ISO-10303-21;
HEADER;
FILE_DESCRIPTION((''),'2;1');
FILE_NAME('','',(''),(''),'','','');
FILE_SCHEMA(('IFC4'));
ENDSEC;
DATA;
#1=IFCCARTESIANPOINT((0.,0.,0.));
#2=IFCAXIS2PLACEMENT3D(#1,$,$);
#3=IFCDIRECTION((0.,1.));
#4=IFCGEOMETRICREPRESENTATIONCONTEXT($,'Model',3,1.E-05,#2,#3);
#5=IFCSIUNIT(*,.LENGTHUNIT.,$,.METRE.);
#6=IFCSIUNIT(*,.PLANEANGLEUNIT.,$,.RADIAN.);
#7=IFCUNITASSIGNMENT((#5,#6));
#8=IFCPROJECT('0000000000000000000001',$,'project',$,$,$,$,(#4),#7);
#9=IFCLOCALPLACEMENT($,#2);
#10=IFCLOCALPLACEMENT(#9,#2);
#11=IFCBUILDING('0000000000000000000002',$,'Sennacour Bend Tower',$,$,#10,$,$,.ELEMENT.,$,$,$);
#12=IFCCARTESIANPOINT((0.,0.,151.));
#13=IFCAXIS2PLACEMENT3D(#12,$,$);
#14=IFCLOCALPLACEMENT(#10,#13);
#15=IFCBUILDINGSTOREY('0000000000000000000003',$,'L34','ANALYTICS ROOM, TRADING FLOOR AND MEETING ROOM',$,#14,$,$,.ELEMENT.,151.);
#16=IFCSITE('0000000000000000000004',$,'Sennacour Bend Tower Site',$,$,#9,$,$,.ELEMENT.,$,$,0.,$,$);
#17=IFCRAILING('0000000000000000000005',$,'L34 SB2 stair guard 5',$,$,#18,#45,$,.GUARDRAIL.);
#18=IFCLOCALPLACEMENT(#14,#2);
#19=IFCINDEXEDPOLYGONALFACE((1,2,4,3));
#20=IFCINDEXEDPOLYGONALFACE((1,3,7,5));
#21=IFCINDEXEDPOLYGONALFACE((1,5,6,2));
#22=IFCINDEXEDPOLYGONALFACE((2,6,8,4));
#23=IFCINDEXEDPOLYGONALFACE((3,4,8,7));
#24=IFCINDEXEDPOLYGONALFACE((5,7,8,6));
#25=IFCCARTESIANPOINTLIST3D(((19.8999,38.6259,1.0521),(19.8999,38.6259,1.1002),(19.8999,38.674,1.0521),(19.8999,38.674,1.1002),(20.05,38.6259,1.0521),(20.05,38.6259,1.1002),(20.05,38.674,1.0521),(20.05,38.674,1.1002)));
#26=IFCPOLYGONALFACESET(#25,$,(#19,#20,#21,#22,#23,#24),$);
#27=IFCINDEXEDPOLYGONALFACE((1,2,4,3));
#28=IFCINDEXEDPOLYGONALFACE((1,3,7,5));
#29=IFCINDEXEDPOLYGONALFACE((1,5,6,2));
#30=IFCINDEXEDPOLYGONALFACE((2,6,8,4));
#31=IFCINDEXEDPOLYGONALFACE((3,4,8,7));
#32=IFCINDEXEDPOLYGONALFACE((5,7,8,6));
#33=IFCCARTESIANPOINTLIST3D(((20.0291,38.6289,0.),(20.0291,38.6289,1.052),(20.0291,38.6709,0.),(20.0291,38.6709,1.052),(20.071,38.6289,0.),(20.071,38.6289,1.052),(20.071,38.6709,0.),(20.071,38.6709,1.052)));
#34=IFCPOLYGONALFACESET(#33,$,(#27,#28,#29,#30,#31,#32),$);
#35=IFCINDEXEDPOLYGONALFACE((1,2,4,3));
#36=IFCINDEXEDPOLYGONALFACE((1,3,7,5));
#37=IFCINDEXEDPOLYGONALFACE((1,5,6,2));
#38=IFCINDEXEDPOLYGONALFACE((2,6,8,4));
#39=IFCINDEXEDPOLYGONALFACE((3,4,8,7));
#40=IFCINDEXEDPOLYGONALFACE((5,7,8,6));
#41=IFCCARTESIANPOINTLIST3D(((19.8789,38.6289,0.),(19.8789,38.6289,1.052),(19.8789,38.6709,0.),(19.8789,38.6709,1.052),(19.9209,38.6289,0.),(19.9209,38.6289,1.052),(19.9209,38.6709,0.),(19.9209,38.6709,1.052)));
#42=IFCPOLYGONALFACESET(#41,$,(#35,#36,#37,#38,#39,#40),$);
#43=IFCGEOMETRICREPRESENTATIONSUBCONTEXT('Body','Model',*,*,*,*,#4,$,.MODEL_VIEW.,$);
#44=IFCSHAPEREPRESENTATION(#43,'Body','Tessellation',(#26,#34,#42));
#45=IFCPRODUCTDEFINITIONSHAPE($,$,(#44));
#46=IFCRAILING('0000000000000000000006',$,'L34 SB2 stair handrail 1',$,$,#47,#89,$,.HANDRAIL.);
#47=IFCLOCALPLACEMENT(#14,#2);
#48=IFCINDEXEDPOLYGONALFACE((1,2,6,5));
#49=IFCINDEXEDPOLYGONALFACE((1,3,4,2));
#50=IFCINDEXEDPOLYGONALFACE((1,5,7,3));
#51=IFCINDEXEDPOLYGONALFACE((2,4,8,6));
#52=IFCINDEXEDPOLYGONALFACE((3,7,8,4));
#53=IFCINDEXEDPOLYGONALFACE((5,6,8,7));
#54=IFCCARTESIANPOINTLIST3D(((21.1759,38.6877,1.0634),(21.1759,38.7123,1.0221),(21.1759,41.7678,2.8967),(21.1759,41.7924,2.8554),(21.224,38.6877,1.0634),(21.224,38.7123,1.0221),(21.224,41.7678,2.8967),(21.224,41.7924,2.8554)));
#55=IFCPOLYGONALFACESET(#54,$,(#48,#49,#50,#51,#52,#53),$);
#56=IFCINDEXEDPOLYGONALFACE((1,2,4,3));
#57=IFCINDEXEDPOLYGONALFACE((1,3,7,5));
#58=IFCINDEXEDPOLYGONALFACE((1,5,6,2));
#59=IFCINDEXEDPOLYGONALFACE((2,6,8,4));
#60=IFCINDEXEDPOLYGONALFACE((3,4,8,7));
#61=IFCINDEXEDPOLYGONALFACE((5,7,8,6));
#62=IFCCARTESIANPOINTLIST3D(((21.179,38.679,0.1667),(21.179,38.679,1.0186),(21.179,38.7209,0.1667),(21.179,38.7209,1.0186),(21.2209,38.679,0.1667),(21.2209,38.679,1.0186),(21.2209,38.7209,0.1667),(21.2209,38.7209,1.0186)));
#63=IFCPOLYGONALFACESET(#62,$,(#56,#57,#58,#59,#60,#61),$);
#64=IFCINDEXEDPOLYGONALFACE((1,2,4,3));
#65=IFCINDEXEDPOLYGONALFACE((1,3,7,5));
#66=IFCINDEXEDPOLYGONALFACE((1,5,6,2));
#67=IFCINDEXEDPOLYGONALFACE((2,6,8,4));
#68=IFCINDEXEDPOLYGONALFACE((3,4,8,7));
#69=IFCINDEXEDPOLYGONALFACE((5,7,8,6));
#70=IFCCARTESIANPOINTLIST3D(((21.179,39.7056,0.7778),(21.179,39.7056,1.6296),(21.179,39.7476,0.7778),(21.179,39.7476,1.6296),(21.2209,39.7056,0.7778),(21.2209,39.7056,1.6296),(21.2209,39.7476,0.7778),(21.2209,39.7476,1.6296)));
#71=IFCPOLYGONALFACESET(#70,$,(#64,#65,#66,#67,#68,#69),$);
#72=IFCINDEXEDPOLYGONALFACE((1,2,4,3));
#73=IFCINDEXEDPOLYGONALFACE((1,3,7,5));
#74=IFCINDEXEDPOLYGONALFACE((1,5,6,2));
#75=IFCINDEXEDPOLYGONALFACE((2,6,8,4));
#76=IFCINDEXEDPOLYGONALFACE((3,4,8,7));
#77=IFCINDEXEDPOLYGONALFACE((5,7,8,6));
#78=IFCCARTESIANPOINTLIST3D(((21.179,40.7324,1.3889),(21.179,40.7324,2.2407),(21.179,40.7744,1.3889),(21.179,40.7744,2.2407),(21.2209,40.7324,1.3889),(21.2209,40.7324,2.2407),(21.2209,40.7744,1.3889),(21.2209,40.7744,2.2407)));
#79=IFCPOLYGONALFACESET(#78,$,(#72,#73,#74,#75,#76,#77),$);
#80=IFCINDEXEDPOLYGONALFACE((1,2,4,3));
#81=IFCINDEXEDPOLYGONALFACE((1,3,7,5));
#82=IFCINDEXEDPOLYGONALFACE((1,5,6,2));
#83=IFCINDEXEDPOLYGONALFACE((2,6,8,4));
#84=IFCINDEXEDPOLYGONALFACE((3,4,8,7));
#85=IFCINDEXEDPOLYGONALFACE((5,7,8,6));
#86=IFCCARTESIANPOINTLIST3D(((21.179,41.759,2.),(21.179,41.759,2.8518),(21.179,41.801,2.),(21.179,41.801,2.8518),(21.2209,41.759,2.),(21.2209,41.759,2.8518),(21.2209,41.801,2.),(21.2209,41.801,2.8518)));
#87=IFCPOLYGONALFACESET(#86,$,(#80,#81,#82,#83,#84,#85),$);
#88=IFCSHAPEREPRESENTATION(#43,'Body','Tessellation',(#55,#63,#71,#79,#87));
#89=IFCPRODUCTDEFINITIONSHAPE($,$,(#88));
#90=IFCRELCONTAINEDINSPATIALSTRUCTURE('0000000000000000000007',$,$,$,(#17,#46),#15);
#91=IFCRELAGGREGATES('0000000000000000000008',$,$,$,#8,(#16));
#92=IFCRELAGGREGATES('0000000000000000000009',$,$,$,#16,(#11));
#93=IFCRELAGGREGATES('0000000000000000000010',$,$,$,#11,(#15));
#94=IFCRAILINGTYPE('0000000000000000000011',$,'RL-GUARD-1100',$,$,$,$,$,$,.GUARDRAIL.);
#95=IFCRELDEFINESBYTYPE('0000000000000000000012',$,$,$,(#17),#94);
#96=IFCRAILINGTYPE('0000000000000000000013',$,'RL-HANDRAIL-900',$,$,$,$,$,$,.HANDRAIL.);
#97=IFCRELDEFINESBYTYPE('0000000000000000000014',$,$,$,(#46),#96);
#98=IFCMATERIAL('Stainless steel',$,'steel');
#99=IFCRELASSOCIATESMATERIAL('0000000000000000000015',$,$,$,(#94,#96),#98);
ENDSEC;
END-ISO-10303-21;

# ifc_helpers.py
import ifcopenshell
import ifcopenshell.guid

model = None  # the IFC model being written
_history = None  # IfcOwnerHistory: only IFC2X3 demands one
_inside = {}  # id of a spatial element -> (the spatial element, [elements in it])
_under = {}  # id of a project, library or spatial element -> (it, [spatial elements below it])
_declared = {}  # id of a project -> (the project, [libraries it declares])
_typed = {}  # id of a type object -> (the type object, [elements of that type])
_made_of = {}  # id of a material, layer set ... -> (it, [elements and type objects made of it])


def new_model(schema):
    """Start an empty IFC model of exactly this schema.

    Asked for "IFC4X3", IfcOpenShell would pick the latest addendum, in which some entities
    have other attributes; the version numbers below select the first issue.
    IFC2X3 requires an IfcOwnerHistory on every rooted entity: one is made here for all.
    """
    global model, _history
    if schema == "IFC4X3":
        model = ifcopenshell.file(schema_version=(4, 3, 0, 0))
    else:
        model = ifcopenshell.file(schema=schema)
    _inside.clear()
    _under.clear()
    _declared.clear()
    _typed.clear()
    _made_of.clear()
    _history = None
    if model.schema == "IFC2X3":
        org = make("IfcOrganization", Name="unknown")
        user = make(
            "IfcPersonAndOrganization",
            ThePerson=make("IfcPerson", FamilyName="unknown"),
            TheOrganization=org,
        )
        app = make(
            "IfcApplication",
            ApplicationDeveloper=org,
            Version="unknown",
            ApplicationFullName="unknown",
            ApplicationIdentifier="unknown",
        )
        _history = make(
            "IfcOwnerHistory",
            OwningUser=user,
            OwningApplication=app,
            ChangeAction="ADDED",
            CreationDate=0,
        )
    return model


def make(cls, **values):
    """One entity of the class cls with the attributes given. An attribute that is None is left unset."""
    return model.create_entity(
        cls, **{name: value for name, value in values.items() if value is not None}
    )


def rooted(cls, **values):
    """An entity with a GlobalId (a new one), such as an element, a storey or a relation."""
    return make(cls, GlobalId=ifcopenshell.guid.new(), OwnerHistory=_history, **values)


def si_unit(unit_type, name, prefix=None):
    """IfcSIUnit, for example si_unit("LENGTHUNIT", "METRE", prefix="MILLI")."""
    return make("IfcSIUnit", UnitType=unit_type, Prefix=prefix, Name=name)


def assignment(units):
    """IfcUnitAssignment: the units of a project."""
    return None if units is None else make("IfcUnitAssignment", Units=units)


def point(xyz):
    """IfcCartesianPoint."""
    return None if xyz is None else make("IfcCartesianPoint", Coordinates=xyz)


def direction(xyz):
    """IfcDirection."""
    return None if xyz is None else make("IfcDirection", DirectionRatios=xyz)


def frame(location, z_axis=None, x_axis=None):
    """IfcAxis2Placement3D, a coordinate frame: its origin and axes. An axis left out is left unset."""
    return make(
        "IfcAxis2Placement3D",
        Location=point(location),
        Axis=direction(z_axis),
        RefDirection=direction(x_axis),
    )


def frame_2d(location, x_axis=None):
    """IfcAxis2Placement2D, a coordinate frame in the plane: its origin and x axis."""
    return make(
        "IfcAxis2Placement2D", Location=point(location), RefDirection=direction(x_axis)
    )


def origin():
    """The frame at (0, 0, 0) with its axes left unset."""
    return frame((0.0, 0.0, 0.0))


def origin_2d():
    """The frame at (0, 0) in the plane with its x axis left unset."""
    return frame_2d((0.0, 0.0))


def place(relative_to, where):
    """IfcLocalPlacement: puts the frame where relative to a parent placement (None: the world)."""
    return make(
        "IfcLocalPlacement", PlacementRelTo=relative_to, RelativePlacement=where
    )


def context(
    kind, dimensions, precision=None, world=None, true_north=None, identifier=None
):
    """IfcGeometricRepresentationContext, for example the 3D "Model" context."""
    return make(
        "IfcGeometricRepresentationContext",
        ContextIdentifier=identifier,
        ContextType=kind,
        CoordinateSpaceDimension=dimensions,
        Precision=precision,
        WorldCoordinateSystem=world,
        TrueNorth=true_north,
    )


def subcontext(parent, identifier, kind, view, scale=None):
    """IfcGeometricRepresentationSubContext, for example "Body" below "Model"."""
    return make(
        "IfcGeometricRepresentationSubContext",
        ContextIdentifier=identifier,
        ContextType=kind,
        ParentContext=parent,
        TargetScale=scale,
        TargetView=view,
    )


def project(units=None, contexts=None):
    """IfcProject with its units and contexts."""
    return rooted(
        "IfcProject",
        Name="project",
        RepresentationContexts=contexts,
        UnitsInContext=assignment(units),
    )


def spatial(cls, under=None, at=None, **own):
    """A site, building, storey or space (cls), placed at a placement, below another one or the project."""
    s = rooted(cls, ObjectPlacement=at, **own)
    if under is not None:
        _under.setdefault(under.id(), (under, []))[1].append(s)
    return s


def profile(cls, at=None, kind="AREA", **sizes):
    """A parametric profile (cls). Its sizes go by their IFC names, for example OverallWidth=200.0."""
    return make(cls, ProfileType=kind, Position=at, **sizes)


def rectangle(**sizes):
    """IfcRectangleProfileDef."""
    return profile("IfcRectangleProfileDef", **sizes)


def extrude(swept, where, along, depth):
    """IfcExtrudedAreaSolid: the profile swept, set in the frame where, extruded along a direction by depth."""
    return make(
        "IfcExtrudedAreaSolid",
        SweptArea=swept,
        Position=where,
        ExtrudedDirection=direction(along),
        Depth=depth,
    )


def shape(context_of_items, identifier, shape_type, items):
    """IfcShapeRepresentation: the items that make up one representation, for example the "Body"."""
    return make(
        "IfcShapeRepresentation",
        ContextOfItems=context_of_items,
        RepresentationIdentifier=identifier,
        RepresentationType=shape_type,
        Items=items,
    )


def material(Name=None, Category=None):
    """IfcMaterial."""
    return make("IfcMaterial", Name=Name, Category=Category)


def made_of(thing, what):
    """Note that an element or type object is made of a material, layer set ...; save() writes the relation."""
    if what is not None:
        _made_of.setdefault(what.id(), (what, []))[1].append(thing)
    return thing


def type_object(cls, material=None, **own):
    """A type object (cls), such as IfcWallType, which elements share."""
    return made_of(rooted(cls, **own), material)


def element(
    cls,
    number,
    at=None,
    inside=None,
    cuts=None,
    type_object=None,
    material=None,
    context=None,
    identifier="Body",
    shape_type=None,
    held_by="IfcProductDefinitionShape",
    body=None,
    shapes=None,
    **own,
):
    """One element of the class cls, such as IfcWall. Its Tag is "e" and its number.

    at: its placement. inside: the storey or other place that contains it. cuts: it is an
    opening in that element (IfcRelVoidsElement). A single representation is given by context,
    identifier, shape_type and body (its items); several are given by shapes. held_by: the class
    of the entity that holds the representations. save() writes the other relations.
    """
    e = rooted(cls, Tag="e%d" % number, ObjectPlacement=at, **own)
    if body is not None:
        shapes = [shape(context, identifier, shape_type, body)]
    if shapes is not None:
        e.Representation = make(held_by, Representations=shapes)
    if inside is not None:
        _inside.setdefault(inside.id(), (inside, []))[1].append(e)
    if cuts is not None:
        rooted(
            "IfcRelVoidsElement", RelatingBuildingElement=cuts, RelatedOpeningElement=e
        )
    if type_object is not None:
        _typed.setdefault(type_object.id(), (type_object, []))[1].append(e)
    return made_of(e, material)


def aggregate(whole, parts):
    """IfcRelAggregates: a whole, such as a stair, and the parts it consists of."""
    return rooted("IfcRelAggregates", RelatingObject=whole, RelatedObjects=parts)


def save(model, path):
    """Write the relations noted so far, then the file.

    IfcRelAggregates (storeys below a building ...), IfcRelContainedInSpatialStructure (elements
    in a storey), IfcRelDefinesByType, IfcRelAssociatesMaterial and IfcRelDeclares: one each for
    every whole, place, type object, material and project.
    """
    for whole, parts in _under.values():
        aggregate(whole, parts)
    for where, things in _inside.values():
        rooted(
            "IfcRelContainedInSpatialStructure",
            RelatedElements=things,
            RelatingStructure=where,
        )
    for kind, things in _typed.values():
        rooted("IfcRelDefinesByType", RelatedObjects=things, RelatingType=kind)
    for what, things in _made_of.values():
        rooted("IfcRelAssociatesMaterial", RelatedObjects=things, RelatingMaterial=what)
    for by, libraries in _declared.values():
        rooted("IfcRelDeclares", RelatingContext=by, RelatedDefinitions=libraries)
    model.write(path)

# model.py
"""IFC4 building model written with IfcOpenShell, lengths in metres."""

from ifc_helpers import new_model, si_unit, direction, frame, origin, origin_2d, place, context, subcontext, project, spatial, rectangle, extrude, material, type_object, element, save


model = new_model("IFC4")

# Units and contexts
model_context = context("Model", 3, precision=1e-05, world=origin(), true_north=direction((0.0, 1.0)))
body_context = subcontext(model_context, "Body", "Model", "MODEL_VIEW")
ifc_project = project(units=[si_unit("LENGTHUNIT", "METRE"), si_unit("PLANEANGLEUNIT", "RADIAN")], contexts=[model_context])

# Site, building, storey
site_placement = place(None, origin())
site = spatial("IfcSite", under=ifc_project, at=site_placement, Name="Sennacour Bend Tower Site", CompositionType="ELEMENT", RefElevation=0.0)
building_placement = place(site_placement, origin())
building = spatial("IfcBuilding", under=site, at=building_placement, Name="Sennacour Bend Tower", CompositionType="ELEMENT")
storey_placement = place(building_placement, frame((0.0, 0.0, 151.0)))
storey = spatial("IfcBuildingStorey", under=building, at=storey_placement, Name="L34", Description="ANALYTICS ROOM, TRADING FLOOR AND MEETING ROOM", CompositionType="ELEMENT", Elevation=151.0)

# Shared definitions
ifc_material_1 = material(Name="Stainless steel", Category="steel")

# Railings
railing_type_1 = type_object("IfcRailingType", Name="RL-GUARD-1100", PredefinedType="GUARDRAIL", material=ifc_material_1)
railing_1_placement = place(storey_placement, frame((20.05, 38.6499, 0.0)))
element("IfcRailing", 1, at=railing_1_placement, inside=storey, type_object=railing_type_1, Name="L34 SB2 stair guard 5", PredefinedType="GUARDRAIL", context=body_context, shape_type="SweptSolid", body=[
    extrude(rectangle(XDim=0.0481, YDim=0.0481, at=origin_2d()), frame((0.0, 0.0, 1.0762), z_axis=(-1.0, 0.0, 0.0), x_axis=(0.0, -1.0, 0.0)), (0.0, 0.0, 1.0), 0.1501),
    extrude(rectangle(XDim=0.042, YDim=0.042, at=origin_2d()), origin(), (0.0, 0.0, 1.0), 1.052),
    extrude(rectangle(XDim=0.042, YDim=0.042, at=origin_2d()), frame((-0.1501, 0.0, 0.0)), (0.0, 0.0, 1.0), 1.052),
])
railing_type_2 = type_object("IfcRailingType", Name="RL-HANDRAIL-900", PredefinedType="HANDRAIL", material=ifc_material_1)
railing_2_placement = place(storey_placement, frame((21.2, 38.7, 0.1667)))
element("IfcRailing", 2, at=railing_2_placement, inside=storey, type_object=railing_type_2, Name="L34 SB2 stair handrail 1", PredefinedType="HANDRAIL", context=body_context, shape_type="SweptSolid", body=[
    extrude(rectangle(XDim=0.0481, YDim=0.0481, at=origin_2d()), frame((0.0, 0.0, 0.876), z_axis=(0.0, 0.859309, 0.511458), x_axis=(-1.0, 0.0, 0.0)), (0.0, 0.0, 1.0), 3.5845),
    extrude(rectangle(XDim=0.042, YDim=0.042, at=origin_2d()), origin(), (0.0, 0.0, 1.0), 0.8518),
    extrude(rectangle(XDim=0.042, YDim=0.042, at=origin_2d()), frame((0.0, 1.0266, 0.6111)), (0.0, 0.0, 1.0), 0.8518),
    extrude(rectangle(XDim=0.042, YDim=0.042, at=origin_2d()), frame((0.0, 2.0535, 1.2222)), (0.0, 0.0, 1.0), 0.8518),
    extrude(rectangle(XDim=0.042, YDim=0.042, at=origin_2d()), frame((0.0, 3.0801, 1.8333)), (0.0, 0.0, 1.0), 0.8518),
])

save(model, "model.ifc")
